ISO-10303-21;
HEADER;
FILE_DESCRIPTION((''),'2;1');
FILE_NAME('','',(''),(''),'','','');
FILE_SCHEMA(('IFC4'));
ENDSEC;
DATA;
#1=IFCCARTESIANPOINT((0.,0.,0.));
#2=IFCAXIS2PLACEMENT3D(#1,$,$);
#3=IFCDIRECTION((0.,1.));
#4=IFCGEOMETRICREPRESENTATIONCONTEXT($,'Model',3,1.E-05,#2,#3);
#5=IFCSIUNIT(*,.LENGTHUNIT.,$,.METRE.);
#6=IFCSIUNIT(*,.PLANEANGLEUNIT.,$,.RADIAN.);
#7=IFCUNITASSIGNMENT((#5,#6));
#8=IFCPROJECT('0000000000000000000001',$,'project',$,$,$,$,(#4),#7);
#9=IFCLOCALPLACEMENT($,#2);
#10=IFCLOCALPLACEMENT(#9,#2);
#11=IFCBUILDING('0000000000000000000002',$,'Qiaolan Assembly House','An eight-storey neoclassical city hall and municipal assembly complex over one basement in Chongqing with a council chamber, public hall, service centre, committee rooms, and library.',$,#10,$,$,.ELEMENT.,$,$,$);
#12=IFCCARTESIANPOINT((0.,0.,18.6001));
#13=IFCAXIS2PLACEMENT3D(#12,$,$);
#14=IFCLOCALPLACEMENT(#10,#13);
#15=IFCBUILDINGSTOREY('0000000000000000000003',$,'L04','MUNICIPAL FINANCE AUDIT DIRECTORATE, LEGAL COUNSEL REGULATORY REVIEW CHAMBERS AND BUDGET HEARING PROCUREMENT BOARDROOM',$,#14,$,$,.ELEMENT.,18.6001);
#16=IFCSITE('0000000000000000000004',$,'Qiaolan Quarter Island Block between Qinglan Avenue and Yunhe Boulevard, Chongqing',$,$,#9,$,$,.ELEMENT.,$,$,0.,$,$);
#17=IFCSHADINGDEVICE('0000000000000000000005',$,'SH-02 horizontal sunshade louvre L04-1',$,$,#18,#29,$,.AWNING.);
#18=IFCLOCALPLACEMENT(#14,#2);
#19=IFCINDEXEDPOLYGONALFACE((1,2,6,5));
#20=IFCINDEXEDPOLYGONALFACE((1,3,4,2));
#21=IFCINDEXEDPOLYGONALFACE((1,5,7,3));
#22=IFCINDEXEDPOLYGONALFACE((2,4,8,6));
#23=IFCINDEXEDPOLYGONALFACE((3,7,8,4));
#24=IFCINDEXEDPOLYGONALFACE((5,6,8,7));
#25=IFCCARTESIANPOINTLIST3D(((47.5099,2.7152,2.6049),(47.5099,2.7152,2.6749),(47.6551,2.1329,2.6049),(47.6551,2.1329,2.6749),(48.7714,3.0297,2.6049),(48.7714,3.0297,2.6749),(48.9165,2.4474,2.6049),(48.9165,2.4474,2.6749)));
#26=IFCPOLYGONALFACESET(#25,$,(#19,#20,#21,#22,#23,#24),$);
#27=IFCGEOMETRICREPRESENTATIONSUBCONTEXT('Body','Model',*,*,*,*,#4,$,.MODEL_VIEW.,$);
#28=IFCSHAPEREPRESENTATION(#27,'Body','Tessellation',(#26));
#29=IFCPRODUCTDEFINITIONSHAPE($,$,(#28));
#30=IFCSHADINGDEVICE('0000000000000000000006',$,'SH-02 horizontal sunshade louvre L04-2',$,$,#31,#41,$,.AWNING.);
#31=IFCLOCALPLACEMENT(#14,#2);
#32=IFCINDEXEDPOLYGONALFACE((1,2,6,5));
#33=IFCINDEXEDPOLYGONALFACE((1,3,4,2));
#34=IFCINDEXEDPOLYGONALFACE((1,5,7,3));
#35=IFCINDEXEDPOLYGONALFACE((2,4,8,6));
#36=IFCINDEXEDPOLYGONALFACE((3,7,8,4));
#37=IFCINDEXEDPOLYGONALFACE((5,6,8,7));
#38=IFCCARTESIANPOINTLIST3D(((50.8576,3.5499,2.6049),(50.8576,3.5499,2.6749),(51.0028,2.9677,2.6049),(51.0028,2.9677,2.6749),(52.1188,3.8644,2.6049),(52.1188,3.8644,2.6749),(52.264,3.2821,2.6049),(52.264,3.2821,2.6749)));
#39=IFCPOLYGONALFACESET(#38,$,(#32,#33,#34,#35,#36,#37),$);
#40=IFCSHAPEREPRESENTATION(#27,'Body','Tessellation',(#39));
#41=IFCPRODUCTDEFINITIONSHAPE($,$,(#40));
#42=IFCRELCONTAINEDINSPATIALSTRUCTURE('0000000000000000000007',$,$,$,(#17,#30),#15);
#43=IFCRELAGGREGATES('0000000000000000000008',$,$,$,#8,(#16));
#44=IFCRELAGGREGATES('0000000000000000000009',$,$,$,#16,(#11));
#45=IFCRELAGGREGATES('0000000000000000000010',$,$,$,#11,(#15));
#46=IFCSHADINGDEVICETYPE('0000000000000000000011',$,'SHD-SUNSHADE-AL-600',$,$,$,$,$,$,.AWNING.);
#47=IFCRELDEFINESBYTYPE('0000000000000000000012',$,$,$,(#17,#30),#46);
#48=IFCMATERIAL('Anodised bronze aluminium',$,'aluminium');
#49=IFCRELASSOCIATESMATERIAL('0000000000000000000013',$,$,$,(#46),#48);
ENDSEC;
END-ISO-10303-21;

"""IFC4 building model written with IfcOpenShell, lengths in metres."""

from ifc_helpers import new_model, si_unit, direction, frame, origin, origin_2d, place, context, subcontext, project, spatial, rectangle, extrude, material, material_profile, profile_set, type_object, element, save


model = new_model("IFC4")

# Units and contexts
model_context = context("Model", 3, precision=1e-05, world=origin(), true_north=direction((0.0, 1.0)))
body_context = subcontext(model_context, "Body", "Model", "MODEL_VIEW")
ifc_project = project(units=[si_unit("LENGTHUNIT", "METRE"), si_unit("PLANEANGLEUNIT", "RADIAN")], contexts=[model_context])

# Site, building, storey
site_placement = place(None, origin())
site = spatial("IfcSite", under=ifc_project, at=site_placement, Name="Qiaolan Quarter Island Block between Qinglan Avenue and Yunhe Boulevard, Chongqing", CompositionType="ELEMENT", RefElevation=0.0)
building_placement = place(site_placement, origin())
building = spatial("IfcBuilding", under=site, at=building_placement, Name="Qiaolan Assembly House", Description="An eight-storey neoclassical city hall and municipal assembly complex over one basement in Chongqing with a council chamber, public hall, service centre, committee rooms, and library.", CompositionType="ELEMENT")
storey_placement = place(building_placement, frame((0.0, 0.0, 18.6001)))
storey = spatial("IfcBuildingStorey", under=building, at=storey_placement, Name="L04", Description="MUNICIPAL FINANCE AUDIT DIRECTORATE, LEGAL COUNSEL REGULATORY REVIEW CHAMBERS AND BUDGET HEARING PROCUREMENT BOARDROOM", CompositionType="ELEMENT", Elevation=18.6001)

# Shared definitions
ifc_material_1 = material(Name="Anodised bronze aluminium", Category="aluminium")

# Shading devices
ifc_material_profile_1 = material_profile(ifc_material_1, rectangle(XDim=0.6001, YDim=0.0701, at=origin_2d()), Name="SHD 600x70")
ifc_profile_set_1 = profile_set([ifc_material_profile_1], Name="Anodised bronze aluminium")
shading_device_type = type_object("IfcShadingDeviceType", Name="SHD-SUNSHADE-AL-600", PredefinedType="AWNING", material=ifc_profile_set_1)
shading_device_1_placement = place(storey_placement, frame((47.5825, 2.4241, 2.6399), z_axis=(0.970308, 0.241873, 0.0), x_axis=(-0.241873, 0.970308, 0.0)))
element("IfcShadingDevice", 1, at=shading_device_1_placement, inside=storey, type_object=shading_device_type, Name="SH-02 horizontal sunshade louvre L04-1", PredefinedType="AWNING", context=body_context, shape_type="SweptSolid", body=[
    extrude(rectangle(XDim=0.6001, YDim=0.0701, at=origin_2d()), origin(), (0.0, 0.0, 1.0), 1.3),
])
shading_device_2_placement = place(storey_placement, frame((50.9302, 3.2588, 2.6399), z_axis=(0.970297, 0.241917, 0.0), x_axis=(-0.241917, 0.970297, 0.0)))
element("IfcShadingDevice", 2, at=shading_device_2_placement, inside=storey, type_object=shading_device_type, Name="SH-02 horizontal sunshade louvre L04-2", PredefinedType="AWNING", context=body_context, shape_type="SweptSolid", body=[
    extrude(rectangle(XDim=0.6001, YDim=0.0701, at=origin_2d()), origin(), (0.0, 0.0, 1.0), 1.2998),
])

save(model, "model.ifc")
